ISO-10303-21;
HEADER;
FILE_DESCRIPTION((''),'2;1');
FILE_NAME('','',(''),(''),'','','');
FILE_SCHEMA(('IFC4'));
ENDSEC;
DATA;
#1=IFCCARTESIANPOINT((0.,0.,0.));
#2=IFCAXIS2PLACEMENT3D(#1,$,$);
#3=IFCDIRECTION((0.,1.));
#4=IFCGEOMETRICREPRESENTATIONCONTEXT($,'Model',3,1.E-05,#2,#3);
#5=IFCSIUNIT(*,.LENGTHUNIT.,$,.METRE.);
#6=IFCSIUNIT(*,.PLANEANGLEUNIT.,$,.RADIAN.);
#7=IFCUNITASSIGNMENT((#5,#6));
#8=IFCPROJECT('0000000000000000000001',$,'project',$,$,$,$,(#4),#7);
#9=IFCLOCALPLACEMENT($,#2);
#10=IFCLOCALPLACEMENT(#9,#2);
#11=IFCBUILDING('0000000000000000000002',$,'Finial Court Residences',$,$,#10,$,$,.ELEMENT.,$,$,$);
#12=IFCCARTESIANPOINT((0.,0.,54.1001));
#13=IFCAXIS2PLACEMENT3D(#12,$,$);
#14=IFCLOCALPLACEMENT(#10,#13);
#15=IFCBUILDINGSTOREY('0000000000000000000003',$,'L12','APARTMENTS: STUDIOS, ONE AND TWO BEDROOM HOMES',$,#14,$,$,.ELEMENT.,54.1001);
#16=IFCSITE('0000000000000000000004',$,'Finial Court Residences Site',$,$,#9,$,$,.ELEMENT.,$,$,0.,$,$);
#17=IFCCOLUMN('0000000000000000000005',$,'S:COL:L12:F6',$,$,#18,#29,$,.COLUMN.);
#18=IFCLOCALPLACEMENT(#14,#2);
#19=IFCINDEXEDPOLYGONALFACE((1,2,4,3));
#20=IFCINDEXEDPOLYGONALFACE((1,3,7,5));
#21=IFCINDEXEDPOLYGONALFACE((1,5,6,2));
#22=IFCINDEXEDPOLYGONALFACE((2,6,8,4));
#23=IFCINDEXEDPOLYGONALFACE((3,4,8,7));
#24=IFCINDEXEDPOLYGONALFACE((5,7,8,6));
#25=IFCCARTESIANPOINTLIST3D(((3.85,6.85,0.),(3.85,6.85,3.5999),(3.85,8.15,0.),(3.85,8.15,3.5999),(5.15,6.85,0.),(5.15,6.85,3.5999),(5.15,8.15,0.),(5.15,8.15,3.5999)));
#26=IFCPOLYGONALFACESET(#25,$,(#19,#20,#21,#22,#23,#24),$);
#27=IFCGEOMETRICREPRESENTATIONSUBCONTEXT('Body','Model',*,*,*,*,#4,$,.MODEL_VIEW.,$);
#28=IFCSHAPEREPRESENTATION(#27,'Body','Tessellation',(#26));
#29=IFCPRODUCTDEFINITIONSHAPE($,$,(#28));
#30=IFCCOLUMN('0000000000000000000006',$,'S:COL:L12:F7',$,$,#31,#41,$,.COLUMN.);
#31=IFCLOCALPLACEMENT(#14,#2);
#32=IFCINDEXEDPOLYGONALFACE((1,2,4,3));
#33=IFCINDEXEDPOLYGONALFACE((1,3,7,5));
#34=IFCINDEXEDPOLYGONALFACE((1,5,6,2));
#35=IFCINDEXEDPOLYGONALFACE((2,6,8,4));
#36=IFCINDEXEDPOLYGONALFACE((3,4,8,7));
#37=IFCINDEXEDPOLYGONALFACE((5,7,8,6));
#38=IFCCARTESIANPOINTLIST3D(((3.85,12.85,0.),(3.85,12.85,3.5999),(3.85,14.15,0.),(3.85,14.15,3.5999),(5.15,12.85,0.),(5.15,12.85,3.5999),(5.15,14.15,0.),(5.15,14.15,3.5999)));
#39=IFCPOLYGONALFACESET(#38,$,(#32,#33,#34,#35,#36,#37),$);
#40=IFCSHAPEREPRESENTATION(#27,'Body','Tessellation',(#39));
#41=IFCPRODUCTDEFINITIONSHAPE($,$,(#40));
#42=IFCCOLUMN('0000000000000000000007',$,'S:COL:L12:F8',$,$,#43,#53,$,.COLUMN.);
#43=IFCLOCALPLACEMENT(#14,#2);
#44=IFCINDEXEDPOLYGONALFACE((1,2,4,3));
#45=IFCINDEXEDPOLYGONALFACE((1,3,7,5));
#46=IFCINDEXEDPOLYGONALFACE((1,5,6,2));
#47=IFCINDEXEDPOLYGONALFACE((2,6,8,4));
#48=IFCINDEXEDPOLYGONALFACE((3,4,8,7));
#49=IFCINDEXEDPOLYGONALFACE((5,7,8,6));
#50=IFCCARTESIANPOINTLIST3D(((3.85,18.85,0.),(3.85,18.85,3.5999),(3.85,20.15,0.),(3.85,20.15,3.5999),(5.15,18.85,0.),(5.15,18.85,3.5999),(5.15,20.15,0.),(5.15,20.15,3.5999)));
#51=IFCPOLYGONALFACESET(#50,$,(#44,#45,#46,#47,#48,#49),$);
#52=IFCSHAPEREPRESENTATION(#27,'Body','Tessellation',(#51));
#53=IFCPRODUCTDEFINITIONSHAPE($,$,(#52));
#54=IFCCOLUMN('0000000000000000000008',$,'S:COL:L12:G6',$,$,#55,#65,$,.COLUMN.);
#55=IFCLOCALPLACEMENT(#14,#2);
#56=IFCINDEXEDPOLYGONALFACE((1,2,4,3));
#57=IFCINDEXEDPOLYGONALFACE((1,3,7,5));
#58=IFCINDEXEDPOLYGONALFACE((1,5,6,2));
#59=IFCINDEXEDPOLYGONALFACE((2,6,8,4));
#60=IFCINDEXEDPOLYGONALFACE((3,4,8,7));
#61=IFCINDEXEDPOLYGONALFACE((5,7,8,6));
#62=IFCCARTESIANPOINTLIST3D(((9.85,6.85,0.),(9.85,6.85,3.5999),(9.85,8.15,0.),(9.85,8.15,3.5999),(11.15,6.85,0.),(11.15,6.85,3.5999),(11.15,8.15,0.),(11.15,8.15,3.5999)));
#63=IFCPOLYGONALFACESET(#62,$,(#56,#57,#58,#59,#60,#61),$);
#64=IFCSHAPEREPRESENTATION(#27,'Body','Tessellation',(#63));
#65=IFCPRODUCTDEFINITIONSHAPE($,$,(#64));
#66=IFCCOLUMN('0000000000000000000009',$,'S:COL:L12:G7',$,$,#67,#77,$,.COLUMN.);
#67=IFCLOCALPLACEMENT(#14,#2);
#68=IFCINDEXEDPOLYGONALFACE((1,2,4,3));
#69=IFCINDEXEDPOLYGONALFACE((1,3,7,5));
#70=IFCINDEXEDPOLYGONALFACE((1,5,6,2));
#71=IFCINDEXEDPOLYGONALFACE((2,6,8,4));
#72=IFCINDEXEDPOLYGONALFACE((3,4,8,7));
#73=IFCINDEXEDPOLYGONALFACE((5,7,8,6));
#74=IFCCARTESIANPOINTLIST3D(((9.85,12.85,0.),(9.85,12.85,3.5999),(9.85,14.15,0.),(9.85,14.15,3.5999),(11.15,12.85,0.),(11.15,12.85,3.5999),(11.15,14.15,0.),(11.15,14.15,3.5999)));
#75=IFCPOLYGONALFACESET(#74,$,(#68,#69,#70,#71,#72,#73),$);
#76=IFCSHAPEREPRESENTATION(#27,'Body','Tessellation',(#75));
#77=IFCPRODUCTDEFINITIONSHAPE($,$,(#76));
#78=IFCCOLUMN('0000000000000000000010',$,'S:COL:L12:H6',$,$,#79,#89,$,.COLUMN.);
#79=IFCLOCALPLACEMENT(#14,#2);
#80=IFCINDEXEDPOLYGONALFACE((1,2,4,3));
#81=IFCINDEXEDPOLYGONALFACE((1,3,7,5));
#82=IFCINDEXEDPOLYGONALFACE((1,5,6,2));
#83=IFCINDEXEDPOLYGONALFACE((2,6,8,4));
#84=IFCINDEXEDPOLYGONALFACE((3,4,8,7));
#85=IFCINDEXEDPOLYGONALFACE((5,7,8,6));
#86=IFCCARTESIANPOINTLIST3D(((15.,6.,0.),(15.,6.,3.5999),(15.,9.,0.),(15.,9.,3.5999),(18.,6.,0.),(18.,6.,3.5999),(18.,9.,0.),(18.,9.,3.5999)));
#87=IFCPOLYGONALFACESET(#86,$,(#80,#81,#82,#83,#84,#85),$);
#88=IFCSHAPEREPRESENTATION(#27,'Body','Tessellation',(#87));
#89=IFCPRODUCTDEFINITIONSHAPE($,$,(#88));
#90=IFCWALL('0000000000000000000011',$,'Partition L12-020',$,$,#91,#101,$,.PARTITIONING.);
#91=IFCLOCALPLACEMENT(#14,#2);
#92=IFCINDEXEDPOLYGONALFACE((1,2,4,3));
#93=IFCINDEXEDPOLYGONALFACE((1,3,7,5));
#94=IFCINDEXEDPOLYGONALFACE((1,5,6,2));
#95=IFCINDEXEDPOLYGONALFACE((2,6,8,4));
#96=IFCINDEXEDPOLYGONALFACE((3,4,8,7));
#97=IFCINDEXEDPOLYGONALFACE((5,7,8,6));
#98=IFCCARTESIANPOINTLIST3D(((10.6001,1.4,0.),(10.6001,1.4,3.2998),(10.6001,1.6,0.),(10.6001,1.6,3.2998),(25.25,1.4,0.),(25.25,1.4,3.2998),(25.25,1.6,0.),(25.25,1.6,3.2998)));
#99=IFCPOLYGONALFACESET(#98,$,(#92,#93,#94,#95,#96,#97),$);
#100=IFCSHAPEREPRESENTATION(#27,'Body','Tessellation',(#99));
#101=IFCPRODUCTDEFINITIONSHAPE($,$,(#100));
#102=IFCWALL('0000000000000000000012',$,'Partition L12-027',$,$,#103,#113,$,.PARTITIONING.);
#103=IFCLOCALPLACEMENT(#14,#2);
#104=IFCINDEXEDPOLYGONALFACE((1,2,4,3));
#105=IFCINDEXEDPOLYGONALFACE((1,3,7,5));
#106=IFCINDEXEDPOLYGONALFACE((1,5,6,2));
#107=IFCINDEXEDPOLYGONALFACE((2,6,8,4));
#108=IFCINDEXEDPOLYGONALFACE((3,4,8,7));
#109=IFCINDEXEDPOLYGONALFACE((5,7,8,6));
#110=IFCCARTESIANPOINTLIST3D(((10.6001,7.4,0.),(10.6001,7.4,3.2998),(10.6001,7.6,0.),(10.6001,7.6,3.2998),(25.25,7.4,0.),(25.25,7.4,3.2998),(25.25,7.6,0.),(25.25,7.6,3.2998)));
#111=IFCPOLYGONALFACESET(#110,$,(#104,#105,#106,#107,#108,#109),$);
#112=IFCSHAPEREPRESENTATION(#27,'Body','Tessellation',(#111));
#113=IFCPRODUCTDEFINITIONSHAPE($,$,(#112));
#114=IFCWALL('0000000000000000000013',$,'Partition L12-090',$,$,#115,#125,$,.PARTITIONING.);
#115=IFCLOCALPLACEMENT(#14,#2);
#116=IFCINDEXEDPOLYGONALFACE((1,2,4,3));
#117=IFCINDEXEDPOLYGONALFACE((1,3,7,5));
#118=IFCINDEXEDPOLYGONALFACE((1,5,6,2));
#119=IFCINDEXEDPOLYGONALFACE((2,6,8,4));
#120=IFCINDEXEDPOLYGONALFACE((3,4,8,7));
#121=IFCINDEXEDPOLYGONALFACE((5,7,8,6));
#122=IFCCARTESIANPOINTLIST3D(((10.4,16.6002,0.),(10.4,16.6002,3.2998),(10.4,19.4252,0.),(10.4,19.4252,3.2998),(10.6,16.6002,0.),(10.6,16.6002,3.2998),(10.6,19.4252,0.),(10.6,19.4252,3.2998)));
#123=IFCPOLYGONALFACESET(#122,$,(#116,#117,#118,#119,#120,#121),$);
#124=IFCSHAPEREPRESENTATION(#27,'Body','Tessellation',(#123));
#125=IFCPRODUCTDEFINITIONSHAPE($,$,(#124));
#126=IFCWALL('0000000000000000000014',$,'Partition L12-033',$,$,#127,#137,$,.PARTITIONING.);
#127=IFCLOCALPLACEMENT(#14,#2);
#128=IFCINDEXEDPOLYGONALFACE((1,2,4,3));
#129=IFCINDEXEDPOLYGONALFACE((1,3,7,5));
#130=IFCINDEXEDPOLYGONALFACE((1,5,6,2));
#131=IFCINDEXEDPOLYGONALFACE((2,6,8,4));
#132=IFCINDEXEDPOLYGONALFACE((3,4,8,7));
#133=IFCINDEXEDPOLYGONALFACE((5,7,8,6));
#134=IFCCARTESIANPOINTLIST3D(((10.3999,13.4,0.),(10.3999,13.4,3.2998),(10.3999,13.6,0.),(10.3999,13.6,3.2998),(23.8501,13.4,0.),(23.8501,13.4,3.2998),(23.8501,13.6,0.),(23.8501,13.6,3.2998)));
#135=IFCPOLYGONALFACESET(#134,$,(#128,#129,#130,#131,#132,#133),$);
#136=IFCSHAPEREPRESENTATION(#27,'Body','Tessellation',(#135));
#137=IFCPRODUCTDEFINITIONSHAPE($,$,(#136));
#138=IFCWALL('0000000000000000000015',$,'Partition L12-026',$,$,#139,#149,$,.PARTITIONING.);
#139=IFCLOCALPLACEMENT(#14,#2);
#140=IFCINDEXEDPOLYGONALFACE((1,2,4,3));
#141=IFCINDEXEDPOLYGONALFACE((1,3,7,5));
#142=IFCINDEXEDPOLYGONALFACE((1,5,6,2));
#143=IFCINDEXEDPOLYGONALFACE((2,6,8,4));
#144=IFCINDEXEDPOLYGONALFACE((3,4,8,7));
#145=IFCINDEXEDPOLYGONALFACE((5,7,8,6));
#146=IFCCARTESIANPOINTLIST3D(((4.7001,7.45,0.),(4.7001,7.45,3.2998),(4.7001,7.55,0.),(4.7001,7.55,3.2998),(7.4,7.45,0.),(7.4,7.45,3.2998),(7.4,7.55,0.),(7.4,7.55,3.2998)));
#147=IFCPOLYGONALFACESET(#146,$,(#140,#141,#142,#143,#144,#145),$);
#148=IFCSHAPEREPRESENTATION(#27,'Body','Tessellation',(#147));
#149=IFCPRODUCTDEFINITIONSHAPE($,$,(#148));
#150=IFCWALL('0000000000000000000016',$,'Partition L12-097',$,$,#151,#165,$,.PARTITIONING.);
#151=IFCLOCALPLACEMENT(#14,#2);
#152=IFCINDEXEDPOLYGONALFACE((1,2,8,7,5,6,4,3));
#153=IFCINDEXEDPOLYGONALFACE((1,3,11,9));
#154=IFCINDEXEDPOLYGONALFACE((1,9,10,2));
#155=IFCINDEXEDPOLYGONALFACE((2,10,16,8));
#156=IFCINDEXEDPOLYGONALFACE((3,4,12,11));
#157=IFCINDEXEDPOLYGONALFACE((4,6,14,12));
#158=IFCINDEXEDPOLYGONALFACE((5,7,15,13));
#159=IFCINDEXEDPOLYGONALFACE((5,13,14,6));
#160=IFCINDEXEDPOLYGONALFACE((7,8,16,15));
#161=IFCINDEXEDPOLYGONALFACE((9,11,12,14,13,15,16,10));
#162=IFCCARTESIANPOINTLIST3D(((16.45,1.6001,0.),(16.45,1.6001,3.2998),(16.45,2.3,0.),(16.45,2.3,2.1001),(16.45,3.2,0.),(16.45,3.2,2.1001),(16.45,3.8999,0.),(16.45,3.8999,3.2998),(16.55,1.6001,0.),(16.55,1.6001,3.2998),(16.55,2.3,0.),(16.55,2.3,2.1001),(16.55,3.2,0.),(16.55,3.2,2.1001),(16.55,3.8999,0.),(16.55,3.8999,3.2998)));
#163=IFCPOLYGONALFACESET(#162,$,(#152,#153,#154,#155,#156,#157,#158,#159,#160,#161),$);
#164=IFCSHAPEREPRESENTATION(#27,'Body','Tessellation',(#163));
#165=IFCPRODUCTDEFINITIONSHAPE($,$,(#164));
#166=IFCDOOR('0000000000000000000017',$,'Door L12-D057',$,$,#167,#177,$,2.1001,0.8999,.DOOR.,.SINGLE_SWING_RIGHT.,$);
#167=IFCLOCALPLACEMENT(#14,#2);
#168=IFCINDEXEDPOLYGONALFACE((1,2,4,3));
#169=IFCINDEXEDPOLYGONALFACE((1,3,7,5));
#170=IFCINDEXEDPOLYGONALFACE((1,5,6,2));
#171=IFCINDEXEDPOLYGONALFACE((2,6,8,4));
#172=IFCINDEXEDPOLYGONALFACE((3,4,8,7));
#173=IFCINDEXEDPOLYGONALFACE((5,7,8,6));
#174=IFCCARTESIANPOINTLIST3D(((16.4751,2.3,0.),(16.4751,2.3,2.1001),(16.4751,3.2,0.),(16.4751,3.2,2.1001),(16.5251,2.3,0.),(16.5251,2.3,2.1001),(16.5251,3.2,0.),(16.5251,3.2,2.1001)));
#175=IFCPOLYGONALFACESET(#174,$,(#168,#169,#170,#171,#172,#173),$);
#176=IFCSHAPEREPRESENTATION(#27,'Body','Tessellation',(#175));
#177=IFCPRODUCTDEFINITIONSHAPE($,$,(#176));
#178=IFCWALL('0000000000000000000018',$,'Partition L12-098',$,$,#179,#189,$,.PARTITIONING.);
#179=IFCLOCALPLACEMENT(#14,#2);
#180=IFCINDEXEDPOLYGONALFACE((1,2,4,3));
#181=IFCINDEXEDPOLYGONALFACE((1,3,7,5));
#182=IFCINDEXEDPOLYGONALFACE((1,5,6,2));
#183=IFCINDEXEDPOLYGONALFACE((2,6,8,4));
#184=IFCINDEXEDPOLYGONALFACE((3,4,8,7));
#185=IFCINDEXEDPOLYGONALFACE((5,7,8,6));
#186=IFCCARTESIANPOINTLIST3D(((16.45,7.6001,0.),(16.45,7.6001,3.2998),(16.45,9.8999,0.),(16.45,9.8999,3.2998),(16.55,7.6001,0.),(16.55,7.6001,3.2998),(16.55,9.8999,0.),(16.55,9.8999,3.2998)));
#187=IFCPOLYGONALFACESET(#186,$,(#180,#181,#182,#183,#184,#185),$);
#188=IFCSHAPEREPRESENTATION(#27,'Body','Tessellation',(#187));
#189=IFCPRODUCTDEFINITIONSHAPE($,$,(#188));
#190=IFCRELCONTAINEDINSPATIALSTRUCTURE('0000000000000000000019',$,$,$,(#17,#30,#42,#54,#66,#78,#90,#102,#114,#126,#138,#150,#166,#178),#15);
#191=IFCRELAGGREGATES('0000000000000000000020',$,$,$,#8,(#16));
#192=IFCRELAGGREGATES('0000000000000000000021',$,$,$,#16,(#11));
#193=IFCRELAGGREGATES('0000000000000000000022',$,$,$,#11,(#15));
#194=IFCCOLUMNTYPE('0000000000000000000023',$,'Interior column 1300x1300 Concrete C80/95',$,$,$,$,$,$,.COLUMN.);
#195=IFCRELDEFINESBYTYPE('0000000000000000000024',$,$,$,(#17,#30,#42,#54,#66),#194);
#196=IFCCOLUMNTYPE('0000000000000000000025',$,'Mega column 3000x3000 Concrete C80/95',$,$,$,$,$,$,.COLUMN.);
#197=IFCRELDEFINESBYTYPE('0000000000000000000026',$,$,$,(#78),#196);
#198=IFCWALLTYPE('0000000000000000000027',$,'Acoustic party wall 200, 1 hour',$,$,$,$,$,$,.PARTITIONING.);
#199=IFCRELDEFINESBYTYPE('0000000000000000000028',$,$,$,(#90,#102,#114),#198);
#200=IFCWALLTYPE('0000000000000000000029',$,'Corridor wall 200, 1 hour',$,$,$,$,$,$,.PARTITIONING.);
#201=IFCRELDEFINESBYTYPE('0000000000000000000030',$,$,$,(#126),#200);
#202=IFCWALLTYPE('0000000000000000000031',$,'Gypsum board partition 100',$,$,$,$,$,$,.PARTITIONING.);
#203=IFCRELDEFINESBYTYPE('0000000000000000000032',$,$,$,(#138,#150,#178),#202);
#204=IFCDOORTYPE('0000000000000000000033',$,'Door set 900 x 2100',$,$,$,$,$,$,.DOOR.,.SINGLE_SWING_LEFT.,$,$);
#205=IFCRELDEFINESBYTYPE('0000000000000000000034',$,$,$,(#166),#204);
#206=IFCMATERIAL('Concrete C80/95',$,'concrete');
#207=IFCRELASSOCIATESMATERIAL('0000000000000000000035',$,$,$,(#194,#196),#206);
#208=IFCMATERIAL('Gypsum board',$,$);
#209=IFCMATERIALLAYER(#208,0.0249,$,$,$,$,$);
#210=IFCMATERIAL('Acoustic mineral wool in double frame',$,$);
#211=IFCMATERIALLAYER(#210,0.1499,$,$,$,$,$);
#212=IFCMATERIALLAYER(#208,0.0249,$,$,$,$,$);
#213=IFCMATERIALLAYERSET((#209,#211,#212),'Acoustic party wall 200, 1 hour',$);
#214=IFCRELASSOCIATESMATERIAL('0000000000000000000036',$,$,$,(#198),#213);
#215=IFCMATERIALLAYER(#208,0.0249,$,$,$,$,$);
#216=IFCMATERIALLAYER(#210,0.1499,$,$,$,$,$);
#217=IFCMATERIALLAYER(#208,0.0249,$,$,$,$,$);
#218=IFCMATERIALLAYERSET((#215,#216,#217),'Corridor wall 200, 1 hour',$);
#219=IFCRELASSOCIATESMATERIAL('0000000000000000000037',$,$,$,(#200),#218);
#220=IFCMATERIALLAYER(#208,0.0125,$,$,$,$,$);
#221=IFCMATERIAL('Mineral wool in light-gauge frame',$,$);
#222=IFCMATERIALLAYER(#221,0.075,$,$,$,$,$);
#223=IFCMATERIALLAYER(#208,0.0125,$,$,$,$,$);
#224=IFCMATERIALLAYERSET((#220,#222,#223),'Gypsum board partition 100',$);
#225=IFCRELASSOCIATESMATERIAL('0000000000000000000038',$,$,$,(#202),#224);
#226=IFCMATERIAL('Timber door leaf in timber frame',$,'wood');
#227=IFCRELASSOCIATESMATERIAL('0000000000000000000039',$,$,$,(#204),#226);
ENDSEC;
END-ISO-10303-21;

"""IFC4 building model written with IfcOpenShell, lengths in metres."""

from ifc_helpers import new_model, si_unit, direction, frame, frame_2d, origin, origin_2d, place, context, subcontext, project, spatial, rectangle, extrude, material, layer, layer_set, material_profile, profile_set, type_object, element, fill, save


model = new_model("IFC4")

# Units and contexts
model_context = context("Model", 3, precision=1e-05, world=origin(), true_north=direction((0.0, 1.0)))
body_context = subcontext(model_context, "Body", "Model", "MODEL_VIEW")
ifc_project = project(units=[si_unit("LENGTHUNIT", "METRE"), si_unit("PLANEANGLEUNIT", "RADIAN")], contexts=[model_context])

# Site, building, storey
site_placement = place(None, origin())
site = spatial("IfcSite", under=ifc_project, at=site_placement, Name="Finial Court Residences Site", CompositionType="ELEMENT", RefElevation=0.0)
building_placement = place(site_placement, origin())
building = spatial("IfcBuilding", under=site, at=building_placement, Name="Finial Court Residences", CompositionType="ELEMENT")
storey_placement = place(building_placement, frame((0.0, 0.0, 54.1001)))
storey = spatial("IfcBuildingStorey", under=building, at=storey_placement, Name="L12", Description="APARTMENTS: STUDIOS, ONE AND TWO BEDROOM HOMES", CompositionType="ELEMENT", Elevation=54.1001)

# Columns
ifc_material_1 = material(Name="Concrete C80/95", Category="concrete")
ifc_material_profile_1 = material_profile(ifc_material_1, rectangle(XDim=1.3, YDim=1.3, at=origin_2d()), Name="1300x1300")
ifc_profile_set_1 = profile_set([ifc_material_profile_1], Name="Concrete C80/95")
column_type_1 = type_object("IfcColumnType", Name="Interior column 1300x1300 Concrete C80/95", PredefinedType="COLUMN", material=ifc_profile_set_1)
for number, where, z_axis, x_axis, name in (
    (1, (4.5, 7.5, 0.0), (0.0, 0.0, 1.0), (1.0, 0.0, 0.0), "S:COL:L12:F6"),
    (2, (4.5, 13.5, 0.0), (0.0, 0.0, 1.0), (1.0, 0.0, 0.0), "S:COL:L12:F7"),
    (3, (4.5, 19.5, 0.0), (0.0, 0.0, 1.0), (1.0, 0.0, 0.0), "S:COL:L12:F8"),
    (4, (10.5, 7.5, 0.0), (0.0, 0.0, 1.0), (1.0, 0.0, 0.0), "S:COL:L12:G6"),
    (5, (10.5, 13.5, 0.0), (0.0, 0.0, 1.0), (1.0, 0.0, 0.0), "S:COL:L12:G7"),
):
    element("IfcColumn", number, at=place(storey_placement, frame(where, z_axis=z_axis, x_axis=x_axis)), inside=storey, type_object=column_type_1, Name=name, PredefinedType="COLUMN", context=body_context, shape_type="SweptSolid", body=[
        extrude(rectangle(XDim=1.3, YDim=1.3, at=origin_2d()), origin(), (0.0, 0.0, 1.0), 3.5999),
    ])
ifc_material_profile_2 = material_profile(ifc_material_1, rectangle(XDim=3.0, YDim=3.0, at=origin_2d()), Name="3000x3000")
ifc_profile_set_2 = profile_set([ifc_material_profile_2], Name="Concrete C80/95")
column_type_2 = type_object("IfcColumnType", Name="Mega column 3000x3000 Concrete C80/95", PredefinedType="COLUMN", material=ifc_profile_set_2)
column_placement = place(storey_placement, frame((16.5, 7.5, 0.0), z_axis=(0.0, 0.0, 1.0), x_axis=(1.0, 0.0, 0.0)))
element("IfcColumn", 6, at=column_placement, inside=storey, type_object=column_type_2, Name="S:COL:L12:H6", PredefinedType="COLUMN", context=body_context, shape_type="SweptSolid", body=[
    extrude(rectangle(XDim=3.0, YDim=3.0, at=origin_2d()), origin(), (0.0, 0.0, 1.0), 3.5999),
])

# Walls
ifc_material_2 = material(Name="Gypsum board")
ifc_layer_1 = layer(ifc_material_2, 0.0249)
ifc_material_3 = material(Name="Acoustic mineral wool in double frame")
ifc_layer_2 = layer(ifc_material_3, 0.1499)
ifc_layer_3 = layer(ifc_material_2, 0.0249)
ifc_layer_set_1 = layer_set([ifc_layer_1, ifc_layer_2, ifc_layer_3], Name="Acoustic party wall 200, 1 hour")
wall_type_1 = type_object("IfcWallType", Name="Acoustic party wall 200, 1 hour", PredefinedType="PARTITIONING", material=ifc_layer_set_1)
for number, where, z_axis, x_axis, name in (
    (7, (10.6001, 1.5, 0.0), (0.0, 0.0, 1.0), (1.0, 0.0, 0.0), "Partition L12-020"),
    (8, (10.6001, 7.5, 0.0), (0.0, 0.0, 1.0), (1.0, 0.0, 0.0), "Partition L12-027"),
):
    element("IfcWall", number, at=place(storey_placement, frame(where, z_axis=z_axis, x_axis=x_axis)), inside=storey, type_object=wall_type_1, Name=name, PredefinedType="PARTITIONING", context=body_context, shape_type="SweptSolid", body=[
        extrude(rectangle(XDim=14.6499, YDim=0.2, at=frame_2d((7.325, 0.0))), origin(), (0.0, 0.0, 1.0), 3.2998),
    ])
wall_1_placement = place(storey_placement, frame((10.5, 16.6001, 0.0), z_axis=(0.0, 0.0, 1.0), x_axis=(0.0, 1.0, 0.0)))
element("IfcWall", 9, at=wall_1_placement, inside=storey, type_object=wall_type_1, Name="Partition L12-090", PredefinedType="PARTITIONING", context=body_context, shape_type="SweptSolid", body=[
    extrude(rectangle(XDim=2.825, YDim=0.2, at=frame_2d((1.4126, 0.0))), origin(), (0.0, 0.0, 1.0), 3.2998),
])
ifc_layer_4 = layer(ifc_material_2, 0.0249)
ifc_layer_5 = layer(ifc_material_3, 0.1499)
ifc_layer_6 = layer(ifc_material_2, 0.0249)
ifc_layer_set_2 = layer_set([ifc_layer_4, ifc_layer_5, ifc_layer_6], Name="Corridor wall 200, 1 hour")
wall_type_2 = type_object("IfcWallType", Name="Corridor wall 200, 1 hour", PredefinedType="PARTITIONING", material=ifc_layer_set_2)
wall_2_placement = place(storey_placement, frame((10.3999, 13.5, 0.0), z_axis=(0.0, 0.0, 1.0), x_axis=(1.0, 0.0, 0.0)))
element("IfcWall", 10, at=wall_2_placement, inside=storey, type_object=wall_type_2, Name="Partition L12-033", PredefinedType="PARTITIONING", context=body_context, shape_type="SweptSolid", body=[
    extrude(rectangle(XDim=13.4502, YDim=0.2, at=frame_2d((6.7251, 0.0))), origin(), (0.0, 0.0, 1.0), 3.2998),
])
ifc_layer_7 = layer(ifc_material_2, 0.0125)
ifc_material_4 = material(Name="Mineral wool in light-gauge frame")
ifc_layer_8 = layer(ifc_material_4, 0.075)
ifc_layer_9 = layer(ifc_material_2, 0.0125)
ifc_layer_set_3 = layer_set([ifc_layer_7, ifc_layer_8, ifc_layer_9], Name="Gypsum board partition 100")
wall_type_3 = type_object("IfcWallType", Name="Gypsum board partition 100", PredefinedType="PARTITIONING", material=ifc_layer_set_3)
wall_3_placement = place(storey_placement, frame((4.7, 7.5, 0.0), z_axis=(0.0, 0.0, 1.0), x_axis=(1.0, 0.0, 0.0)))
element("IfcWall", 11, at=wall_3_placement, inside=storey, type_object=wall_type_3, Name="Partition L12-026", PredefinedType="PARTITIONING", context=body_context, shape_type="SweptSolid", body=[
    extrude(rectangle(XDim=2.7, YDim=0.1001, at=frame_2d((1.3501, 0.0))), origin(), (0.0, 0.0, 1.0), 3.2998),
])

# Wall, opening, door
wall_4_placement = place(storey_placement, frame((16.5, 1.6001, 0.0), z_axis=(0.0, 0.0, 1.0), x_axis=(0.0, 1.0, 0.0)))
wall_4 = element("IfcWall", 12, at=wall_4_placement, inside=storey, type_object=wall_type_3, Name="Partition L12-097", PredefinedType="PARTITIONING", context=body_context, shape_type="SweptSolid", body=[
    extrude(rectangle(XDim=2.2998, YDim=0.1001, at=frame_2d((1.1499, 0.0))), origin(), (0.0, 0.0, 1.0), 3.2998),
])
opening_1_placement = place(wall_4_placement, frame((0.7, 0.0, 0.0)))
opening_1 = element("IfcOpeningElement", 13, at=opening_1_placement, cuts=wall_4, PredefinedType="OPENING", context=body_context, shape_type="SweptSolid", body=[
    extrude(rectangle(XDim=0.8999, YDim=2.1001, at=frame_2d((0.45, 1.05))), frame((0.0, 0.0601, 0.0), z_axis=(0.0, -1.0, 0.0), x_axis=(1.0, 0.0, 0.0)), (0.0, 0.0, 1.0), 0.1201),
])
ifc_material_5 = material(Name="Timber door leaf in timber frame", Category="wood")
door_type = type_object("IfcDoorType", Name="Door set 900 x 2100", OperationType="SINGLE_SWING_LEFT", PredefinedType="DOOR", material=ifc_material_5)
door_1_placement = place(opening_1_placement, origin())
door_1 = element("IfcDoor", 14, at=door_1_placement, inside=storey, type_object=door_type, Name="Door L12-D057", OperationType="SINGLE_SWING_RIGHT", OverallHeight=2.1001, OverallWidth=0.8999, PredefinedType="DOOR", context=body_context, shape_type="SweptSolid", body=[
    extrude(rectangle(XDim=0.8999, YDim=2.1001, at=frame_2d((0.45, 1.05))), frame((0.0, 0.0249, 0.0), z_axis=(0.0, -1.0, 0.0), x_axis=(1.0, 0.0, 0.0)), (0.0, 0.0, 1.0), 0.05),
])
fill(opening_1, door_1)

# Wall
wall_5_placement = place(storey_placement, frame((16.5, 7.6001, 0.0), z_axis=(0.0, 0.0, 1.0), x_axis=(0.0, 1.0, 0.0)))
element("IfcWall", 15, at=wall_5_placement, inside=storey, type_object=wall_type_3, Name="Partition L12-098", PredefinedType="PARTITIONING", context=body_context, shape_type="SweptSolid", body=[
    extrude(rectangle(XDim=2.2998, YDim=0.1001, at=frame_2d((1.1499, 0.0))), origin(), (0.0, 0.0, 1.0), 3.2998),
])

save(model, "model.ifc")
